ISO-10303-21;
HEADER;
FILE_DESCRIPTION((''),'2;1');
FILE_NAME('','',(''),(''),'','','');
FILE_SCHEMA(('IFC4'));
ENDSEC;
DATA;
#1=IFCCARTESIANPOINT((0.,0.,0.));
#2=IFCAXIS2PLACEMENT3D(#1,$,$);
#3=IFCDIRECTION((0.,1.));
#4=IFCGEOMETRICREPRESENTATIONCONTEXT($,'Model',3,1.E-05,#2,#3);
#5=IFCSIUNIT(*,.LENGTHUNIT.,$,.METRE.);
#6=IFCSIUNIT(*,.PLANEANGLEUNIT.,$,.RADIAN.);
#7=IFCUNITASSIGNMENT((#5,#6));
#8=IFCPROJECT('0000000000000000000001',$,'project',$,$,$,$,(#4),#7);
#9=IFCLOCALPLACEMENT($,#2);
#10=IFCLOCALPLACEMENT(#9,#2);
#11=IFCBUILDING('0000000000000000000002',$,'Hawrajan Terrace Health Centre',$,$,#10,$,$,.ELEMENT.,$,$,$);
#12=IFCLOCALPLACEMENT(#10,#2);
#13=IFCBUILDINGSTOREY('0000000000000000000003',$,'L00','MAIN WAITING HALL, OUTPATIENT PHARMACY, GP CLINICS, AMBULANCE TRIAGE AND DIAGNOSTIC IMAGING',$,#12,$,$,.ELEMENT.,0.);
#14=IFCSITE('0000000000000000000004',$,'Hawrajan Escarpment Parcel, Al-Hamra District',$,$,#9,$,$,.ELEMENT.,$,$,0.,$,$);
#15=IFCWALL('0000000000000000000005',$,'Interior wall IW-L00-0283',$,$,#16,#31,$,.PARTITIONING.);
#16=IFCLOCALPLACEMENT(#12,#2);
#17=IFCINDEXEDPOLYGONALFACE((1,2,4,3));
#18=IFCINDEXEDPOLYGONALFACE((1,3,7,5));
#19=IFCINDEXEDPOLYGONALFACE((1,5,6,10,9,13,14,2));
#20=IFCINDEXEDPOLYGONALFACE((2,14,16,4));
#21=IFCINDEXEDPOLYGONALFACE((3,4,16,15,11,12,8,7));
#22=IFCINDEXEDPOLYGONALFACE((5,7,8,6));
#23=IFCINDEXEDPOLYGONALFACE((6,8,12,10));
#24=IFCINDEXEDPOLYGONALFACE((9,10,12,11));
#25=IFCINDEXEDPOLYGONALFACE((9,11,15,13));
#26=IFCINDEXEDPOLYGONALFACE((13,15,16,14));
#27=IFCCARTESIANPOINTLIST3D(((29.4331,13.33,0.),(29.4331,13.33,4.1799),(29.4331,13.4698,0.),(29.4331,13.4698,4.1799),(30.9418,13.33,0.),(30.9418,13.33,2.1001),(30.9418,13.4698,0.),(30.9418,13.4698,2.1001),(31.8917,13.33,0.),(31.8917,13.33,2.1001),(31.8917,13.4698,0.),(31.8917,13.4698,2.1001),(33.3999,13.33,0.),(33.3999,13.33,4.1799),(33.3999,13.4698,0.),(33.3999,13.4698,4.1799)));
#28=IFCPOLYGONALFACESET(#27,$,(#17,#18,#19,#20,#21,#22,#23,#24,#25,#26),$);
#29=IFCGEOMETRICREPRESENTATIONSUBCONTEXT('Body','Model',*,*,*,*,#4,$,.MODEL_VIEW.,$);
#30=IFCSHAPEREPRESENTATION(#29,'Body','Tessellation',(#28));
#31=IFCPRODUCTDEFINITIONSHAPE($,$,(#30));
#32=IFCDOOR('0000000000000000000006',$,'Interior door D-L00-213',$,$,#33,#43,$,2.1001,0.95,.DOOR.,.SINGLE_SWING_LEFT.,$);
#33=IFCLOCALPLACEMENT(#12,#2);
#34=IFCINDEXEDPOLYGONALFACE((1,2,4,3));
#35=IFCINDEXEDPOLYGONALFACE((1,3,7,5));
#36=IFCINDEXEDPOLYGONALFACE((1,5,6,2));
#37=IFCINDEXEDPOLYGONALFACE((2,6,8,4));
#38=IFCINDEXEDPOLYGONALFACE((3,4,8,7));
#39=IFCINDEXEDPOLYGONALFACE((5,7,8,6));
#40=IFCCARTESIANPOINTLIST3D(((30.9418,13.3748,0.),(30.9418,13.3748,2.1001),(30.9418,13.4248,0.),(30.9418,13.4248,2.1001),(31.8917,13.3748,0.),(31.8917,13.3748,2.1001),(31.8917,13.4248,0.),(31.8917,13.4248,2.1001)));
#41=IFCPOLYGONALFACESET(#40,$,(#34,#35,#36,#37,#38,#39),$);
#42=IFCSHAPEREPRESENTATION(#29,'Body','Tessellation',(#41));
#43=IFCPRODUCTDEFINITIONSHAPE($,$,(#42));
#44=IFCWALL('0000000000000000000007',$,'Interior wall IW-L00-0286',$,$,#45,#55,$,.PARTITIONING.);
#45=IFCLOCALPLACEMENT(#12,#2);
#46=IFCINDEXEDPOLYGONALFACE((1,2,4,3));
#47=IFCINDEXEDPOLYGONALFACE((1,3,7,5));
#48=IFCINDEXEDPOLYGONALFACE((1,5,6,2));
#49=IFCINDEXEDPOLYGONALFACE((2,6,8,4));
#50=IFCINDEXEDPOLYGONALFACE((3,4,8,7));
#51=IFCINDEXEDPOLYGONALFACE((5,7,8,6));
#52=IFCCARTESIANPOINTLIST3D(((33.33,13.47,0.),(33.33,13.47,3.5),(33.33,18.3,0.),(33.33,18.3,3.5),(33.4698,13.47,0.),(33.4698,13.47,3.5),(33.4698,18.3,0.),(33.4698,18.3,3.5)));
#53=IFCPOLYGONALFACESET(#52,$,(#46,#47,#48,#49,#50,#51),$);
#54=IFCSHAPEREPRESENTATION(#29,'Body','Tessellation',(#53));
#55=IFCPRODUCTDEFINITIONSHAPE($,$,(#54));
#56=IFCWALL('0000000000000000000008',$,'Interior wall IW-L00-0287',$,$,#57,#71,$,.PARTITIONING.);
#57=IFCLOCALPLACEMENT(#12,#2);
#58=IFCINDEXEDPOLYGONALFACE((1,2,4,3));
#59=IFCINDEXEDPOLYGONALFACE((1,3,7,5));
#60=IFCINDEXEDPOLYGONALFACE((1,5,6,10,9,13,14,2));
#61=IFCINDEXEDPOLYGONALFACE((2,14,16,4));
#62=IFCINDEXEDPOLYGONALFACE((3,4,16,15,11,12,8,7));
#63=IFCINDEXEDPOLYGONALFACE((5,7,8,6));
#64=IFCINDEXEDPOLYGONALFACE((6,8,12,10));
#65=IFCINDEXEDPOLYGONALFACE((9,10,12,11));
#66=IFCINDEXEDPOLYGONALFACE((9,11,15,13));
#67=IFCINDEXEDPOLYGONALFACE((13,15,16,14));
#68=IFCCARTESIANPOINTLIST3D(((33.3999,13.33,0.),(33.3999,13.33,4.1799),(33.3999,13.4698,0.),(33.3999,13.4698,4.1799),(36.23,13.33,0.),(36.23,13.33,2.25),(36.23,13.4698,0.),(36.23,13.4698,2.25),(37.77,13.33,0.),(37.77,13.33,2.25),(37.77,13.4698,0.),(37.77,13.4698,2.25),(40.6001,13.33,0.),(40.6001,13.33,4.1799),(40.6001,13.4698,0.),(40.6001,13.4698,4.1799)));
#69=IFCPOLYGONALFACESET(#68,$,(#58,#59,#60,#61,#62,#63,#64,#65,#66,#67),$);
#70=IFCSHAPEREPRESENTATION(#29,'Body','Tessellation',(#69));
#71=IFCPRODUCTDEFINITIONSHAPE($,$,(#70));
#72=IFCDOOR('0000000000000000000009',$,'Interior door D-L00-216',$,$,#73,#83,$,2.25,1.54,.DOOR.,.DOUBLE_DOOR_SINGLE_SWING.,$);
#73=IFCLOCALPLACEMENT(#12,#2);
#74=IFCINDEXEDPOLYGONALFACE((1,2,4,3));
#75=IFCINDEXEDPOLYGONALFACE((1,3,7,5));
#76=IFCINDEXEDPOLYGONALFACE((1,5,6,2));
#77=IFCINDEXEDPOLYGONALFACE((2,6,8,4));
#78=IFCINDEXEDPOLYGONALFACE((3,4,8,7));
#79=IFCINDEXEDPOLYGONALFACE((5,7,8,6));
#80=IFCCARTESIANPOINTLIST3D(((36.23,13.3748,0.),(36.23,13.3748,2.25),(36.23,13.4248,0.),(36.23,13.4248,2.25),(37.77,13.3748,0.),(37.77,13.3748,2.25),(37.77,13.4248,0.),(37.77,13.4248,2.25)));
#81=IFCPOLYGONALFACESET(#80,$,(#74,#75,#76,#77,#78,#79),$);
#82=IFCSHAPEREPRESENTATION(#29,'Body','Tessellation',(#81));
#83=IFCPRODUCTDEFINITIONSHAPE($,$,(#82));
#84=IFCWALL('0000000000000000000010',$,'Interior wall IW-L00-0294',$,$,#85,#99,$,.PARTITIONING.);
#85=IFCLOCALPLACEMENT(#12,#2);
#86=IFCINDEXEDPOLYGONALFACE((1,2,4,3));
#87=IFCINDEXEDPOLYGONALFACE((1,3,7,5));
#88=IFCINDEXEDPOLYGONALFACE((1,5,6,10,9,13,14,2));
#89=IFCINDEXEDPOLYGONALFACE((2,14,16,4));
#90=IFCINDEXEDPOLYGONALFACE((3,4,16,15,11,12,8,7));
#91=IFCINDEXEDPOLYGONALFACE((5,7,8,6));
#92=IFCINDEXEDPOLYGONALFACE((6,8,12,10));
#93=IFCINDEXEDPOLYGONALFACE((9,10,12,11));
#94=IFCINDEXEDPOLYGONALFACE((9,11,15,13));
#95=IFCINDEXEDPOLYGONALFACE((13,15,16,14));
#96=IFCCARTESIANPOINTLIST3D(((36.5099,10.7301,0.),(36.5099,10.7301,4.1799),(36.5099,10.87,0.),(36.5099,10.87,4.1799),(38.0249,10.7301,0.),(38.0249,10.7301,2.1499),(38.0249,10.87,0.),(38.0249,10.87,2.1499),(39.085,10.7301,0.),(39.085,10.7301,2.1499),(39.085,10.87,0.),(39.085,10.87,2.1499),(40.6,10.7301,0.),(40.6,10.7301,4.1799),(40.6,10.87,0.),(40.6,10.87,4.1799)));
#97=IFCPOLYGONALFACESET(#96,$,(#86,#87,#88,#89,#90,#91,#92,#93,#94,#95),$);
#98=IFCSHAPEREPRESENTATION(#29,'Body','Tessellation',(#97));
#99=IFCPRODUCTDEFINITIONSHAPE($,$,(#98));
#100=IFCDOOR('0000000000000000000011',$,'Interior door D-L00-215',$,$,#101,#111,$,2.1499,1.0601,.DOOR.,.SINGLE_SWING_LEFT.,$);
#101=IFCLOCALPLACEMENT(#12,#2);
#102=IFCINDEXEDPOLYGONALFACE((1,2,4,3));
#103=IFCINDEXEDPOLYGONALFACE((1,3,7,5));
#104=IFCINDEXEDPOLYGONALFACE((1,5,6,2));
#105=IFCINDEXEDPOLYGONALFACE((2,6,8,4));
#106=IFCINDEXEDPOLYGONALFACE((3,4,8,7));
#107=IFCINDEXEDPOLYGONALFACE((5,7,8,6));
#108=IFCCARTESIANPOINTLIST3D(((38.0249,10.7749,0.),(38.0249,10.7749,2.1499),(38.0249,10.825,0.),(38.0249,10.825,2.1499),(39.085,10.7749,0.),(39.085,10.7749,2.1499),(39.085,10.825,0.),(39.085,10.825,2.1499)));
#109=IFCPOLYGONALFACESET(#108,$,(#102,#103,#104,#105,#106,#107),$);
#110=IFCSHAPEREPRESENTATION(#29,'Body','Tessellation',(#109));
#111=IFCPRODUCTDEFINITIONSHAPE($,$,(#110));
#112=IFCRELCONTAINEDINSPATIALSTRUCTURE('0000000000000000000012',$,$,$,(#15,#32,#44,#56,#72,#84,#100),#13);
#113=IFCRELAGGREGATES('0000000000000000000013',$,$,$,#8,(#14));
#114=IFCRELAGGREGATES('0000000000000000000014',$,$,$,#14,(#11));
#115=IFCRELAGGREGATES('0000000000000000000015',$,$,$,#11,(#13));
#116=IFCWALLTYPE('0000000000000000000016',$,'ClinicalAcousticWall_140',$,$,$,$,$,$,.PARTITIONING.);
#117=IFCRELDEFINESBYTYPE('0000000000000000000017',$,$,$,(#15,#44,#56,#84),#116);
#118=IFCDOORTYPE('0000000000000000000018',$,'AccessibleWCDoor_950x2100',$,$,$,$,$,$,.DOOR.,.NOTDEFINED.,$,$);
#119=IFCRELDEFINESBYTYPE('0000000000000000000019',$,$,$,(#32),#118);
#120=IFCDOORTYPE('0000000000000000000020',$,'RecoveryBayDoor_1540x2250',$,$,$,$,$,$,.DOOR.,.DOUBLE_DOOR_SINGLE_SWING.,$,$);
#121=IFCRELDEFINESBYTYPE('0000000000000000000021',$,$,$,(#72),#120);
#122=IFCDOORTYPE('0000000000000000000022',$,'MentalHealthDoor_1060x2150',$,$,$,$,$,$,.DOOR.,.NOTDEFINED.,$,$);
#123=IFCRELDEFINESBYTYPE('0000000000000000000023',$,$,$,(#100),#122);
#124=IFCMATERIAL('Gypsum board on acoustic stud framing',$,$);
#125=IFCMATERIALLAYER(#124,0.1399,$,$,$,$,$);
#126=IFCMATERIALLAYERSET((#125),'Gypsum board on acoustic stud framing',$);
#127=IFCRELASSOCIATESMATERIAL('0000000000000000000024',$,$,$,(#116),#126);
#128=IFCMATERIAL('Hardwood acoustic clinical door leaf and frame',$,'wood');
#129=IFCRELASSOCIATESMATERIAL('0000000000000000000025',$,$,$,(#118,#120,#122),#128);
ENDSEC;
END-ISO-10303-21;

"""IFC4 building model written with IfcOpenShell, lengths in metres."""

from ifc_helpers import new_model, si_unit, direction, frame, frame_2d, origin, place, context, subcontext, project, spatial, rectangle, extrude, material, layer, layer_set, type_object, element, fill, save


model = new_model("IFC4")

# Units and contexts
model_context = context("Model", 3, precision=1e-05, world=origin(), true_north=direction((0.0, 1.0)))
body_context = subcontext(model_context, "Body", "Model", "MODEL_VIEW")
ifc_project = project(units=[si_unit("LENGTHUNIT", "METRE"), si_unit("PLANEANGLEUNIT", "RADIAN")], contexts=[model_context])

# Site, building, storey
site_placement = place(None, origin())
site = spatial("IfcSite", under=ifc_project, at=site_placement, Name="Hawrajan Escarpment Parcel, Al-Hamra District", CompositionType="ELEMENT", RefElevation=0.0)
building_placement = place(site_placement, origin())
building = spatial("IfcBuilding", under=site, at=building_placement, Name="Hawrajan Terrace Health Centre", CompositionType="ELEMENT")
storey_placement = place(building_placement, origin())
storey = spatial("IfcBuildingStorey", under=building, at=storey_placement, Name="L00", Description="MAIN WAITING HALL, OUTPATIENT PHARMACY, GP CLINICS, AMBULANCE TRIAGE AND DIAGNOSTIC IMAGING", CompositionType="ELEMENT", Elevation=0.0)

# Shared definitions
ifc_material_1 = material(Name="Gypsum board on acoustic stud framing")
ifc_layer_1 = layer(ifc_material_1, 0.1399)
ifc_layer_set_1 = layer_set([ifc_layer_1], Name="Gypsum board on acoustic stud framing")
wall_type = type_object("IfcWallType", Name="ClinicalAcousticWall_140", PredefinedType="PARTITIONING", material=ifc_layer_set_1)

# Wall, opening, door
wall_1_placement = place(storey_placement, frame((29.4331, 13.3999, 0.0), z_axis=(0.0, 0.0, 1.0), x_axis=(1.0, 0.0, 0.0)))
wall_1 = element("IfcWall", 1, at=wall_1_placement, inside=storey, type_object=wall_type, Name="Interior wall IW-L00-0283", PredefinedType="PARTITIONING", context=body_context, shape_type="SweptSolid", body=[
    extrude(rectangle(XDim=3.9668, YDim=0.1399, at=frame_2d((1.9834, 0.0))), origin(), (0.0, 0.0, 1.0), 4.1799),
])
opening_1_placement = place(wall_1_placement, frame((1.5085, 0.0, 0.0)))
opening_1 = element("IfcOpeningElement", 2, at=opening_1_placement, cuts=wall_1, PredefinedType="OPENING", context=body_context, shape_type="SweptSolid", body=[
    extrude(rectangle(XDim=0.95, YDim=2.1001, at=frame_2d((0.4751, 1.05))), frame((0.0, 0.0798, 0.0), z_axis=(0.0, -1.0, 0.0), x_axis=(1.0, 0.0, 0.0)), (0.0, 0.0, 1.0), 0.1599),
])
ifc_material_2 = material(Name="Hardwood acoustic clinical door leaf and frame", Category="wood")
door_type_1 = type_object("IfcDoorType", Name="AccessibleWCDoor_950x2100", OperationType="NOTDEFINED", PredefinedType="DOOR", material=ifc_material_2)
door_1_placement = place(opening_1_placement, origin())
door_1 = element("IfcDoor", 3, at=door_1_placement, inside=storey, type_object=door_type_1, Name="Interior door D-L00-213", OperationType="SINGLE_SWING_LEFT", OverallHeight=2.1001, OverallWidth=0.95, PredefinedType="DOOR", context=body_context, shape_type="SweptSolid", body=[
    extrude(rectangle(XDim=0.95, YDim=2.1001, at=frame_2d((0.4751, 1.05))), frame((0.0, 0.0249, 0.0), z_axis=(0.0, -1.0, 0.0), x_axis=(1.0, 0.0, 0.0)), (0.0, 0.0, 1.0), 0.05),
])
fill(opening_1, door_1)

# Wall
wall_2_placement = place(storey_placement, frame((33.3999, 13.47, 0.0), z_axis=(0.0, 0.0, 1.0), x_axis=(0.0, 1.0, 0.0)))
element("IfcWall", 4, at=wall_2_placement, inside=storey, type_object=wall_type, Name="Interior wall IW-L00-0286", PredefinedType="PARTITIONING", context=body_context, shape_type="SweptSolid", body=[
    extrude(rectangle(XDim=4.8301, YDim=0.1399, at=frame_2d((2.415, 0.0))), origin(), (0.0, 0.0, 1.0), 3.5),
])

# Walls, openings, doors
wall_3_placement = place(storey_placement, frame((33.3999, 13.3999, 0.0), z_axis=(0.0, 0.0, 1.0), x_axis=(1.0, 0.0, 0.0)))
wall_3 = element("IfcWall", 5, at=wall_3_placement, inside=storey, type_object=wall_type, Name="Interior wall IW-L00-0287", PredefinedType="PARTITIONING", context=body_context, shape_type="SweptSolid", body=[
    extrude(rectangle(XDim=7.2002, YDim=0.1399, at=frame_2d((3.6001, 0.0))), origin(), (0.0, 0.0, 1.0), 4.1799),
])
opening_2_placement = place(wall_3_placement, frame((2.8301, 0.0, 0.0)))
opening_2 = element("IfcOpeningElement", 6, at=opening_2_placement, cuts=wall_3, PredefinedType="OPENING", context=body_context, shape_type="SweptSolid", body=[
    extrude(rectangle(XDim=1.54, YDim=2.25, at=frame_2d((0.77, 1.125))), frame((0.0, 0.0798, 0.0), z_axis=(0.0, -1.0, 0.0), x_axis=(1.0, 0.0, 0.0)), (0.0, 0.0, 1.0), 0.1599),
])
door_type_2 = type_object("IfcDoorType", Name="RecoveryBayDoor_1540x2250", OperationType="DOUBLE_DOOR_SINGLE_SWING", PredefinedType="DOOR", material=ifc_material_2)
door_2_placement = place(opening_2_placement, origin())
door_2 = element("IfcDoor", 7, at=door_2_placement, inside=storey, type_object=door_type_2, Name="Interior door D-L00-216", OperationType="DOUBLE_DOOR_SINGLE_SWING", OverallHeight=2.25, OverallWidth=1.54, PredefinedType="DOOR", context=body_context, shape_type="SweptSolid", body=[
    extrude(rectangle(XDim=1.54, YDim=2.25, at=frame_2d((0.77, 1.125))), frame((0.0, 0.0249, 0.0), z_axis=(0.0, -1.0, 0.0), x_axis=(1.0, 0.0, 0.0)), (0.0, 0.0, 1.0), 0.05),
])
fill(opening_2, door_2)
wall_4_placement = place(storey_placement, frame((36.51, 10.8, 0.0), z_axis=(0.0, 0.0, 1.0), x_axis=(1.0, 0.0, 0.0)))
wall_4 = element("IfcWall", 8, at=wall_4_placement, inside=storey, type_object=wall_type, Name="Interior wall IW-L00-0294", PredefinedType="PARTITIONING", context=body_context, shape_type="SweptSolid", body=[
    extrude(rectangle(XDim=4.0901, YDim=0.1399, at=frame_2d((2.0449, 0.0))), origin(), (0.0, 0.0, 1.0), 4.1799),
])
opening_3_placement = place(wall_4_placement, frame((1.5149, 0.0, 0.0)))
opening_3 = element("IfcOpeningElement", 9, at=opening_3_placement, cuts=wall_4, PredefinedType="OPENING", context=body_context, shape_type="SweptSolid", body=[
    extrude(rectangle(XDim=1.0601, YDim=2.1499, at=frame_2d((0.53, 1.075))), frame((0.0, 0.0798, 0.0), z_axis=(0.0, -1.0, 0.0), x_axis=(1.0, 0.0, 0.0)), (0.0, 0.0, 1.0), 0.1599),
])
door_type_3 = type_object("IfcDoorType", Name="MentalHealthDoor_1060x2150", OperationType="NOTDEFINED", PredefinedType="DOOR", material=ifc_material_2)
door_3_placement = place(opening_3_placement, origin())
door_3 = element("IfcDoor", 10, at=door_3_placement, inside=storey, type_object=door_type_3, Name="Interior door D-L00-215", OperationType="SINGLE_SWING_LEFT", OverallHeight=2.1499, OverallWidth=1.0601, PredefinedType="DOOR", context=body_context, shape_type="SweptSolid", body=[
    extrude(rectangle(XDim=1.0601, YDim=2.1499, at=frame_2d((0.53, 1.075))), frame((0.0, 0.0249, 0.0), z_axis=(0.0, -1.0, 0.0), x_axis=(1.0, 0.0, 0.0)), (0.0, 0.0, 1.0), 0.05),
])
fill(opening_3, door_3)

save(model, "model.ifc")
